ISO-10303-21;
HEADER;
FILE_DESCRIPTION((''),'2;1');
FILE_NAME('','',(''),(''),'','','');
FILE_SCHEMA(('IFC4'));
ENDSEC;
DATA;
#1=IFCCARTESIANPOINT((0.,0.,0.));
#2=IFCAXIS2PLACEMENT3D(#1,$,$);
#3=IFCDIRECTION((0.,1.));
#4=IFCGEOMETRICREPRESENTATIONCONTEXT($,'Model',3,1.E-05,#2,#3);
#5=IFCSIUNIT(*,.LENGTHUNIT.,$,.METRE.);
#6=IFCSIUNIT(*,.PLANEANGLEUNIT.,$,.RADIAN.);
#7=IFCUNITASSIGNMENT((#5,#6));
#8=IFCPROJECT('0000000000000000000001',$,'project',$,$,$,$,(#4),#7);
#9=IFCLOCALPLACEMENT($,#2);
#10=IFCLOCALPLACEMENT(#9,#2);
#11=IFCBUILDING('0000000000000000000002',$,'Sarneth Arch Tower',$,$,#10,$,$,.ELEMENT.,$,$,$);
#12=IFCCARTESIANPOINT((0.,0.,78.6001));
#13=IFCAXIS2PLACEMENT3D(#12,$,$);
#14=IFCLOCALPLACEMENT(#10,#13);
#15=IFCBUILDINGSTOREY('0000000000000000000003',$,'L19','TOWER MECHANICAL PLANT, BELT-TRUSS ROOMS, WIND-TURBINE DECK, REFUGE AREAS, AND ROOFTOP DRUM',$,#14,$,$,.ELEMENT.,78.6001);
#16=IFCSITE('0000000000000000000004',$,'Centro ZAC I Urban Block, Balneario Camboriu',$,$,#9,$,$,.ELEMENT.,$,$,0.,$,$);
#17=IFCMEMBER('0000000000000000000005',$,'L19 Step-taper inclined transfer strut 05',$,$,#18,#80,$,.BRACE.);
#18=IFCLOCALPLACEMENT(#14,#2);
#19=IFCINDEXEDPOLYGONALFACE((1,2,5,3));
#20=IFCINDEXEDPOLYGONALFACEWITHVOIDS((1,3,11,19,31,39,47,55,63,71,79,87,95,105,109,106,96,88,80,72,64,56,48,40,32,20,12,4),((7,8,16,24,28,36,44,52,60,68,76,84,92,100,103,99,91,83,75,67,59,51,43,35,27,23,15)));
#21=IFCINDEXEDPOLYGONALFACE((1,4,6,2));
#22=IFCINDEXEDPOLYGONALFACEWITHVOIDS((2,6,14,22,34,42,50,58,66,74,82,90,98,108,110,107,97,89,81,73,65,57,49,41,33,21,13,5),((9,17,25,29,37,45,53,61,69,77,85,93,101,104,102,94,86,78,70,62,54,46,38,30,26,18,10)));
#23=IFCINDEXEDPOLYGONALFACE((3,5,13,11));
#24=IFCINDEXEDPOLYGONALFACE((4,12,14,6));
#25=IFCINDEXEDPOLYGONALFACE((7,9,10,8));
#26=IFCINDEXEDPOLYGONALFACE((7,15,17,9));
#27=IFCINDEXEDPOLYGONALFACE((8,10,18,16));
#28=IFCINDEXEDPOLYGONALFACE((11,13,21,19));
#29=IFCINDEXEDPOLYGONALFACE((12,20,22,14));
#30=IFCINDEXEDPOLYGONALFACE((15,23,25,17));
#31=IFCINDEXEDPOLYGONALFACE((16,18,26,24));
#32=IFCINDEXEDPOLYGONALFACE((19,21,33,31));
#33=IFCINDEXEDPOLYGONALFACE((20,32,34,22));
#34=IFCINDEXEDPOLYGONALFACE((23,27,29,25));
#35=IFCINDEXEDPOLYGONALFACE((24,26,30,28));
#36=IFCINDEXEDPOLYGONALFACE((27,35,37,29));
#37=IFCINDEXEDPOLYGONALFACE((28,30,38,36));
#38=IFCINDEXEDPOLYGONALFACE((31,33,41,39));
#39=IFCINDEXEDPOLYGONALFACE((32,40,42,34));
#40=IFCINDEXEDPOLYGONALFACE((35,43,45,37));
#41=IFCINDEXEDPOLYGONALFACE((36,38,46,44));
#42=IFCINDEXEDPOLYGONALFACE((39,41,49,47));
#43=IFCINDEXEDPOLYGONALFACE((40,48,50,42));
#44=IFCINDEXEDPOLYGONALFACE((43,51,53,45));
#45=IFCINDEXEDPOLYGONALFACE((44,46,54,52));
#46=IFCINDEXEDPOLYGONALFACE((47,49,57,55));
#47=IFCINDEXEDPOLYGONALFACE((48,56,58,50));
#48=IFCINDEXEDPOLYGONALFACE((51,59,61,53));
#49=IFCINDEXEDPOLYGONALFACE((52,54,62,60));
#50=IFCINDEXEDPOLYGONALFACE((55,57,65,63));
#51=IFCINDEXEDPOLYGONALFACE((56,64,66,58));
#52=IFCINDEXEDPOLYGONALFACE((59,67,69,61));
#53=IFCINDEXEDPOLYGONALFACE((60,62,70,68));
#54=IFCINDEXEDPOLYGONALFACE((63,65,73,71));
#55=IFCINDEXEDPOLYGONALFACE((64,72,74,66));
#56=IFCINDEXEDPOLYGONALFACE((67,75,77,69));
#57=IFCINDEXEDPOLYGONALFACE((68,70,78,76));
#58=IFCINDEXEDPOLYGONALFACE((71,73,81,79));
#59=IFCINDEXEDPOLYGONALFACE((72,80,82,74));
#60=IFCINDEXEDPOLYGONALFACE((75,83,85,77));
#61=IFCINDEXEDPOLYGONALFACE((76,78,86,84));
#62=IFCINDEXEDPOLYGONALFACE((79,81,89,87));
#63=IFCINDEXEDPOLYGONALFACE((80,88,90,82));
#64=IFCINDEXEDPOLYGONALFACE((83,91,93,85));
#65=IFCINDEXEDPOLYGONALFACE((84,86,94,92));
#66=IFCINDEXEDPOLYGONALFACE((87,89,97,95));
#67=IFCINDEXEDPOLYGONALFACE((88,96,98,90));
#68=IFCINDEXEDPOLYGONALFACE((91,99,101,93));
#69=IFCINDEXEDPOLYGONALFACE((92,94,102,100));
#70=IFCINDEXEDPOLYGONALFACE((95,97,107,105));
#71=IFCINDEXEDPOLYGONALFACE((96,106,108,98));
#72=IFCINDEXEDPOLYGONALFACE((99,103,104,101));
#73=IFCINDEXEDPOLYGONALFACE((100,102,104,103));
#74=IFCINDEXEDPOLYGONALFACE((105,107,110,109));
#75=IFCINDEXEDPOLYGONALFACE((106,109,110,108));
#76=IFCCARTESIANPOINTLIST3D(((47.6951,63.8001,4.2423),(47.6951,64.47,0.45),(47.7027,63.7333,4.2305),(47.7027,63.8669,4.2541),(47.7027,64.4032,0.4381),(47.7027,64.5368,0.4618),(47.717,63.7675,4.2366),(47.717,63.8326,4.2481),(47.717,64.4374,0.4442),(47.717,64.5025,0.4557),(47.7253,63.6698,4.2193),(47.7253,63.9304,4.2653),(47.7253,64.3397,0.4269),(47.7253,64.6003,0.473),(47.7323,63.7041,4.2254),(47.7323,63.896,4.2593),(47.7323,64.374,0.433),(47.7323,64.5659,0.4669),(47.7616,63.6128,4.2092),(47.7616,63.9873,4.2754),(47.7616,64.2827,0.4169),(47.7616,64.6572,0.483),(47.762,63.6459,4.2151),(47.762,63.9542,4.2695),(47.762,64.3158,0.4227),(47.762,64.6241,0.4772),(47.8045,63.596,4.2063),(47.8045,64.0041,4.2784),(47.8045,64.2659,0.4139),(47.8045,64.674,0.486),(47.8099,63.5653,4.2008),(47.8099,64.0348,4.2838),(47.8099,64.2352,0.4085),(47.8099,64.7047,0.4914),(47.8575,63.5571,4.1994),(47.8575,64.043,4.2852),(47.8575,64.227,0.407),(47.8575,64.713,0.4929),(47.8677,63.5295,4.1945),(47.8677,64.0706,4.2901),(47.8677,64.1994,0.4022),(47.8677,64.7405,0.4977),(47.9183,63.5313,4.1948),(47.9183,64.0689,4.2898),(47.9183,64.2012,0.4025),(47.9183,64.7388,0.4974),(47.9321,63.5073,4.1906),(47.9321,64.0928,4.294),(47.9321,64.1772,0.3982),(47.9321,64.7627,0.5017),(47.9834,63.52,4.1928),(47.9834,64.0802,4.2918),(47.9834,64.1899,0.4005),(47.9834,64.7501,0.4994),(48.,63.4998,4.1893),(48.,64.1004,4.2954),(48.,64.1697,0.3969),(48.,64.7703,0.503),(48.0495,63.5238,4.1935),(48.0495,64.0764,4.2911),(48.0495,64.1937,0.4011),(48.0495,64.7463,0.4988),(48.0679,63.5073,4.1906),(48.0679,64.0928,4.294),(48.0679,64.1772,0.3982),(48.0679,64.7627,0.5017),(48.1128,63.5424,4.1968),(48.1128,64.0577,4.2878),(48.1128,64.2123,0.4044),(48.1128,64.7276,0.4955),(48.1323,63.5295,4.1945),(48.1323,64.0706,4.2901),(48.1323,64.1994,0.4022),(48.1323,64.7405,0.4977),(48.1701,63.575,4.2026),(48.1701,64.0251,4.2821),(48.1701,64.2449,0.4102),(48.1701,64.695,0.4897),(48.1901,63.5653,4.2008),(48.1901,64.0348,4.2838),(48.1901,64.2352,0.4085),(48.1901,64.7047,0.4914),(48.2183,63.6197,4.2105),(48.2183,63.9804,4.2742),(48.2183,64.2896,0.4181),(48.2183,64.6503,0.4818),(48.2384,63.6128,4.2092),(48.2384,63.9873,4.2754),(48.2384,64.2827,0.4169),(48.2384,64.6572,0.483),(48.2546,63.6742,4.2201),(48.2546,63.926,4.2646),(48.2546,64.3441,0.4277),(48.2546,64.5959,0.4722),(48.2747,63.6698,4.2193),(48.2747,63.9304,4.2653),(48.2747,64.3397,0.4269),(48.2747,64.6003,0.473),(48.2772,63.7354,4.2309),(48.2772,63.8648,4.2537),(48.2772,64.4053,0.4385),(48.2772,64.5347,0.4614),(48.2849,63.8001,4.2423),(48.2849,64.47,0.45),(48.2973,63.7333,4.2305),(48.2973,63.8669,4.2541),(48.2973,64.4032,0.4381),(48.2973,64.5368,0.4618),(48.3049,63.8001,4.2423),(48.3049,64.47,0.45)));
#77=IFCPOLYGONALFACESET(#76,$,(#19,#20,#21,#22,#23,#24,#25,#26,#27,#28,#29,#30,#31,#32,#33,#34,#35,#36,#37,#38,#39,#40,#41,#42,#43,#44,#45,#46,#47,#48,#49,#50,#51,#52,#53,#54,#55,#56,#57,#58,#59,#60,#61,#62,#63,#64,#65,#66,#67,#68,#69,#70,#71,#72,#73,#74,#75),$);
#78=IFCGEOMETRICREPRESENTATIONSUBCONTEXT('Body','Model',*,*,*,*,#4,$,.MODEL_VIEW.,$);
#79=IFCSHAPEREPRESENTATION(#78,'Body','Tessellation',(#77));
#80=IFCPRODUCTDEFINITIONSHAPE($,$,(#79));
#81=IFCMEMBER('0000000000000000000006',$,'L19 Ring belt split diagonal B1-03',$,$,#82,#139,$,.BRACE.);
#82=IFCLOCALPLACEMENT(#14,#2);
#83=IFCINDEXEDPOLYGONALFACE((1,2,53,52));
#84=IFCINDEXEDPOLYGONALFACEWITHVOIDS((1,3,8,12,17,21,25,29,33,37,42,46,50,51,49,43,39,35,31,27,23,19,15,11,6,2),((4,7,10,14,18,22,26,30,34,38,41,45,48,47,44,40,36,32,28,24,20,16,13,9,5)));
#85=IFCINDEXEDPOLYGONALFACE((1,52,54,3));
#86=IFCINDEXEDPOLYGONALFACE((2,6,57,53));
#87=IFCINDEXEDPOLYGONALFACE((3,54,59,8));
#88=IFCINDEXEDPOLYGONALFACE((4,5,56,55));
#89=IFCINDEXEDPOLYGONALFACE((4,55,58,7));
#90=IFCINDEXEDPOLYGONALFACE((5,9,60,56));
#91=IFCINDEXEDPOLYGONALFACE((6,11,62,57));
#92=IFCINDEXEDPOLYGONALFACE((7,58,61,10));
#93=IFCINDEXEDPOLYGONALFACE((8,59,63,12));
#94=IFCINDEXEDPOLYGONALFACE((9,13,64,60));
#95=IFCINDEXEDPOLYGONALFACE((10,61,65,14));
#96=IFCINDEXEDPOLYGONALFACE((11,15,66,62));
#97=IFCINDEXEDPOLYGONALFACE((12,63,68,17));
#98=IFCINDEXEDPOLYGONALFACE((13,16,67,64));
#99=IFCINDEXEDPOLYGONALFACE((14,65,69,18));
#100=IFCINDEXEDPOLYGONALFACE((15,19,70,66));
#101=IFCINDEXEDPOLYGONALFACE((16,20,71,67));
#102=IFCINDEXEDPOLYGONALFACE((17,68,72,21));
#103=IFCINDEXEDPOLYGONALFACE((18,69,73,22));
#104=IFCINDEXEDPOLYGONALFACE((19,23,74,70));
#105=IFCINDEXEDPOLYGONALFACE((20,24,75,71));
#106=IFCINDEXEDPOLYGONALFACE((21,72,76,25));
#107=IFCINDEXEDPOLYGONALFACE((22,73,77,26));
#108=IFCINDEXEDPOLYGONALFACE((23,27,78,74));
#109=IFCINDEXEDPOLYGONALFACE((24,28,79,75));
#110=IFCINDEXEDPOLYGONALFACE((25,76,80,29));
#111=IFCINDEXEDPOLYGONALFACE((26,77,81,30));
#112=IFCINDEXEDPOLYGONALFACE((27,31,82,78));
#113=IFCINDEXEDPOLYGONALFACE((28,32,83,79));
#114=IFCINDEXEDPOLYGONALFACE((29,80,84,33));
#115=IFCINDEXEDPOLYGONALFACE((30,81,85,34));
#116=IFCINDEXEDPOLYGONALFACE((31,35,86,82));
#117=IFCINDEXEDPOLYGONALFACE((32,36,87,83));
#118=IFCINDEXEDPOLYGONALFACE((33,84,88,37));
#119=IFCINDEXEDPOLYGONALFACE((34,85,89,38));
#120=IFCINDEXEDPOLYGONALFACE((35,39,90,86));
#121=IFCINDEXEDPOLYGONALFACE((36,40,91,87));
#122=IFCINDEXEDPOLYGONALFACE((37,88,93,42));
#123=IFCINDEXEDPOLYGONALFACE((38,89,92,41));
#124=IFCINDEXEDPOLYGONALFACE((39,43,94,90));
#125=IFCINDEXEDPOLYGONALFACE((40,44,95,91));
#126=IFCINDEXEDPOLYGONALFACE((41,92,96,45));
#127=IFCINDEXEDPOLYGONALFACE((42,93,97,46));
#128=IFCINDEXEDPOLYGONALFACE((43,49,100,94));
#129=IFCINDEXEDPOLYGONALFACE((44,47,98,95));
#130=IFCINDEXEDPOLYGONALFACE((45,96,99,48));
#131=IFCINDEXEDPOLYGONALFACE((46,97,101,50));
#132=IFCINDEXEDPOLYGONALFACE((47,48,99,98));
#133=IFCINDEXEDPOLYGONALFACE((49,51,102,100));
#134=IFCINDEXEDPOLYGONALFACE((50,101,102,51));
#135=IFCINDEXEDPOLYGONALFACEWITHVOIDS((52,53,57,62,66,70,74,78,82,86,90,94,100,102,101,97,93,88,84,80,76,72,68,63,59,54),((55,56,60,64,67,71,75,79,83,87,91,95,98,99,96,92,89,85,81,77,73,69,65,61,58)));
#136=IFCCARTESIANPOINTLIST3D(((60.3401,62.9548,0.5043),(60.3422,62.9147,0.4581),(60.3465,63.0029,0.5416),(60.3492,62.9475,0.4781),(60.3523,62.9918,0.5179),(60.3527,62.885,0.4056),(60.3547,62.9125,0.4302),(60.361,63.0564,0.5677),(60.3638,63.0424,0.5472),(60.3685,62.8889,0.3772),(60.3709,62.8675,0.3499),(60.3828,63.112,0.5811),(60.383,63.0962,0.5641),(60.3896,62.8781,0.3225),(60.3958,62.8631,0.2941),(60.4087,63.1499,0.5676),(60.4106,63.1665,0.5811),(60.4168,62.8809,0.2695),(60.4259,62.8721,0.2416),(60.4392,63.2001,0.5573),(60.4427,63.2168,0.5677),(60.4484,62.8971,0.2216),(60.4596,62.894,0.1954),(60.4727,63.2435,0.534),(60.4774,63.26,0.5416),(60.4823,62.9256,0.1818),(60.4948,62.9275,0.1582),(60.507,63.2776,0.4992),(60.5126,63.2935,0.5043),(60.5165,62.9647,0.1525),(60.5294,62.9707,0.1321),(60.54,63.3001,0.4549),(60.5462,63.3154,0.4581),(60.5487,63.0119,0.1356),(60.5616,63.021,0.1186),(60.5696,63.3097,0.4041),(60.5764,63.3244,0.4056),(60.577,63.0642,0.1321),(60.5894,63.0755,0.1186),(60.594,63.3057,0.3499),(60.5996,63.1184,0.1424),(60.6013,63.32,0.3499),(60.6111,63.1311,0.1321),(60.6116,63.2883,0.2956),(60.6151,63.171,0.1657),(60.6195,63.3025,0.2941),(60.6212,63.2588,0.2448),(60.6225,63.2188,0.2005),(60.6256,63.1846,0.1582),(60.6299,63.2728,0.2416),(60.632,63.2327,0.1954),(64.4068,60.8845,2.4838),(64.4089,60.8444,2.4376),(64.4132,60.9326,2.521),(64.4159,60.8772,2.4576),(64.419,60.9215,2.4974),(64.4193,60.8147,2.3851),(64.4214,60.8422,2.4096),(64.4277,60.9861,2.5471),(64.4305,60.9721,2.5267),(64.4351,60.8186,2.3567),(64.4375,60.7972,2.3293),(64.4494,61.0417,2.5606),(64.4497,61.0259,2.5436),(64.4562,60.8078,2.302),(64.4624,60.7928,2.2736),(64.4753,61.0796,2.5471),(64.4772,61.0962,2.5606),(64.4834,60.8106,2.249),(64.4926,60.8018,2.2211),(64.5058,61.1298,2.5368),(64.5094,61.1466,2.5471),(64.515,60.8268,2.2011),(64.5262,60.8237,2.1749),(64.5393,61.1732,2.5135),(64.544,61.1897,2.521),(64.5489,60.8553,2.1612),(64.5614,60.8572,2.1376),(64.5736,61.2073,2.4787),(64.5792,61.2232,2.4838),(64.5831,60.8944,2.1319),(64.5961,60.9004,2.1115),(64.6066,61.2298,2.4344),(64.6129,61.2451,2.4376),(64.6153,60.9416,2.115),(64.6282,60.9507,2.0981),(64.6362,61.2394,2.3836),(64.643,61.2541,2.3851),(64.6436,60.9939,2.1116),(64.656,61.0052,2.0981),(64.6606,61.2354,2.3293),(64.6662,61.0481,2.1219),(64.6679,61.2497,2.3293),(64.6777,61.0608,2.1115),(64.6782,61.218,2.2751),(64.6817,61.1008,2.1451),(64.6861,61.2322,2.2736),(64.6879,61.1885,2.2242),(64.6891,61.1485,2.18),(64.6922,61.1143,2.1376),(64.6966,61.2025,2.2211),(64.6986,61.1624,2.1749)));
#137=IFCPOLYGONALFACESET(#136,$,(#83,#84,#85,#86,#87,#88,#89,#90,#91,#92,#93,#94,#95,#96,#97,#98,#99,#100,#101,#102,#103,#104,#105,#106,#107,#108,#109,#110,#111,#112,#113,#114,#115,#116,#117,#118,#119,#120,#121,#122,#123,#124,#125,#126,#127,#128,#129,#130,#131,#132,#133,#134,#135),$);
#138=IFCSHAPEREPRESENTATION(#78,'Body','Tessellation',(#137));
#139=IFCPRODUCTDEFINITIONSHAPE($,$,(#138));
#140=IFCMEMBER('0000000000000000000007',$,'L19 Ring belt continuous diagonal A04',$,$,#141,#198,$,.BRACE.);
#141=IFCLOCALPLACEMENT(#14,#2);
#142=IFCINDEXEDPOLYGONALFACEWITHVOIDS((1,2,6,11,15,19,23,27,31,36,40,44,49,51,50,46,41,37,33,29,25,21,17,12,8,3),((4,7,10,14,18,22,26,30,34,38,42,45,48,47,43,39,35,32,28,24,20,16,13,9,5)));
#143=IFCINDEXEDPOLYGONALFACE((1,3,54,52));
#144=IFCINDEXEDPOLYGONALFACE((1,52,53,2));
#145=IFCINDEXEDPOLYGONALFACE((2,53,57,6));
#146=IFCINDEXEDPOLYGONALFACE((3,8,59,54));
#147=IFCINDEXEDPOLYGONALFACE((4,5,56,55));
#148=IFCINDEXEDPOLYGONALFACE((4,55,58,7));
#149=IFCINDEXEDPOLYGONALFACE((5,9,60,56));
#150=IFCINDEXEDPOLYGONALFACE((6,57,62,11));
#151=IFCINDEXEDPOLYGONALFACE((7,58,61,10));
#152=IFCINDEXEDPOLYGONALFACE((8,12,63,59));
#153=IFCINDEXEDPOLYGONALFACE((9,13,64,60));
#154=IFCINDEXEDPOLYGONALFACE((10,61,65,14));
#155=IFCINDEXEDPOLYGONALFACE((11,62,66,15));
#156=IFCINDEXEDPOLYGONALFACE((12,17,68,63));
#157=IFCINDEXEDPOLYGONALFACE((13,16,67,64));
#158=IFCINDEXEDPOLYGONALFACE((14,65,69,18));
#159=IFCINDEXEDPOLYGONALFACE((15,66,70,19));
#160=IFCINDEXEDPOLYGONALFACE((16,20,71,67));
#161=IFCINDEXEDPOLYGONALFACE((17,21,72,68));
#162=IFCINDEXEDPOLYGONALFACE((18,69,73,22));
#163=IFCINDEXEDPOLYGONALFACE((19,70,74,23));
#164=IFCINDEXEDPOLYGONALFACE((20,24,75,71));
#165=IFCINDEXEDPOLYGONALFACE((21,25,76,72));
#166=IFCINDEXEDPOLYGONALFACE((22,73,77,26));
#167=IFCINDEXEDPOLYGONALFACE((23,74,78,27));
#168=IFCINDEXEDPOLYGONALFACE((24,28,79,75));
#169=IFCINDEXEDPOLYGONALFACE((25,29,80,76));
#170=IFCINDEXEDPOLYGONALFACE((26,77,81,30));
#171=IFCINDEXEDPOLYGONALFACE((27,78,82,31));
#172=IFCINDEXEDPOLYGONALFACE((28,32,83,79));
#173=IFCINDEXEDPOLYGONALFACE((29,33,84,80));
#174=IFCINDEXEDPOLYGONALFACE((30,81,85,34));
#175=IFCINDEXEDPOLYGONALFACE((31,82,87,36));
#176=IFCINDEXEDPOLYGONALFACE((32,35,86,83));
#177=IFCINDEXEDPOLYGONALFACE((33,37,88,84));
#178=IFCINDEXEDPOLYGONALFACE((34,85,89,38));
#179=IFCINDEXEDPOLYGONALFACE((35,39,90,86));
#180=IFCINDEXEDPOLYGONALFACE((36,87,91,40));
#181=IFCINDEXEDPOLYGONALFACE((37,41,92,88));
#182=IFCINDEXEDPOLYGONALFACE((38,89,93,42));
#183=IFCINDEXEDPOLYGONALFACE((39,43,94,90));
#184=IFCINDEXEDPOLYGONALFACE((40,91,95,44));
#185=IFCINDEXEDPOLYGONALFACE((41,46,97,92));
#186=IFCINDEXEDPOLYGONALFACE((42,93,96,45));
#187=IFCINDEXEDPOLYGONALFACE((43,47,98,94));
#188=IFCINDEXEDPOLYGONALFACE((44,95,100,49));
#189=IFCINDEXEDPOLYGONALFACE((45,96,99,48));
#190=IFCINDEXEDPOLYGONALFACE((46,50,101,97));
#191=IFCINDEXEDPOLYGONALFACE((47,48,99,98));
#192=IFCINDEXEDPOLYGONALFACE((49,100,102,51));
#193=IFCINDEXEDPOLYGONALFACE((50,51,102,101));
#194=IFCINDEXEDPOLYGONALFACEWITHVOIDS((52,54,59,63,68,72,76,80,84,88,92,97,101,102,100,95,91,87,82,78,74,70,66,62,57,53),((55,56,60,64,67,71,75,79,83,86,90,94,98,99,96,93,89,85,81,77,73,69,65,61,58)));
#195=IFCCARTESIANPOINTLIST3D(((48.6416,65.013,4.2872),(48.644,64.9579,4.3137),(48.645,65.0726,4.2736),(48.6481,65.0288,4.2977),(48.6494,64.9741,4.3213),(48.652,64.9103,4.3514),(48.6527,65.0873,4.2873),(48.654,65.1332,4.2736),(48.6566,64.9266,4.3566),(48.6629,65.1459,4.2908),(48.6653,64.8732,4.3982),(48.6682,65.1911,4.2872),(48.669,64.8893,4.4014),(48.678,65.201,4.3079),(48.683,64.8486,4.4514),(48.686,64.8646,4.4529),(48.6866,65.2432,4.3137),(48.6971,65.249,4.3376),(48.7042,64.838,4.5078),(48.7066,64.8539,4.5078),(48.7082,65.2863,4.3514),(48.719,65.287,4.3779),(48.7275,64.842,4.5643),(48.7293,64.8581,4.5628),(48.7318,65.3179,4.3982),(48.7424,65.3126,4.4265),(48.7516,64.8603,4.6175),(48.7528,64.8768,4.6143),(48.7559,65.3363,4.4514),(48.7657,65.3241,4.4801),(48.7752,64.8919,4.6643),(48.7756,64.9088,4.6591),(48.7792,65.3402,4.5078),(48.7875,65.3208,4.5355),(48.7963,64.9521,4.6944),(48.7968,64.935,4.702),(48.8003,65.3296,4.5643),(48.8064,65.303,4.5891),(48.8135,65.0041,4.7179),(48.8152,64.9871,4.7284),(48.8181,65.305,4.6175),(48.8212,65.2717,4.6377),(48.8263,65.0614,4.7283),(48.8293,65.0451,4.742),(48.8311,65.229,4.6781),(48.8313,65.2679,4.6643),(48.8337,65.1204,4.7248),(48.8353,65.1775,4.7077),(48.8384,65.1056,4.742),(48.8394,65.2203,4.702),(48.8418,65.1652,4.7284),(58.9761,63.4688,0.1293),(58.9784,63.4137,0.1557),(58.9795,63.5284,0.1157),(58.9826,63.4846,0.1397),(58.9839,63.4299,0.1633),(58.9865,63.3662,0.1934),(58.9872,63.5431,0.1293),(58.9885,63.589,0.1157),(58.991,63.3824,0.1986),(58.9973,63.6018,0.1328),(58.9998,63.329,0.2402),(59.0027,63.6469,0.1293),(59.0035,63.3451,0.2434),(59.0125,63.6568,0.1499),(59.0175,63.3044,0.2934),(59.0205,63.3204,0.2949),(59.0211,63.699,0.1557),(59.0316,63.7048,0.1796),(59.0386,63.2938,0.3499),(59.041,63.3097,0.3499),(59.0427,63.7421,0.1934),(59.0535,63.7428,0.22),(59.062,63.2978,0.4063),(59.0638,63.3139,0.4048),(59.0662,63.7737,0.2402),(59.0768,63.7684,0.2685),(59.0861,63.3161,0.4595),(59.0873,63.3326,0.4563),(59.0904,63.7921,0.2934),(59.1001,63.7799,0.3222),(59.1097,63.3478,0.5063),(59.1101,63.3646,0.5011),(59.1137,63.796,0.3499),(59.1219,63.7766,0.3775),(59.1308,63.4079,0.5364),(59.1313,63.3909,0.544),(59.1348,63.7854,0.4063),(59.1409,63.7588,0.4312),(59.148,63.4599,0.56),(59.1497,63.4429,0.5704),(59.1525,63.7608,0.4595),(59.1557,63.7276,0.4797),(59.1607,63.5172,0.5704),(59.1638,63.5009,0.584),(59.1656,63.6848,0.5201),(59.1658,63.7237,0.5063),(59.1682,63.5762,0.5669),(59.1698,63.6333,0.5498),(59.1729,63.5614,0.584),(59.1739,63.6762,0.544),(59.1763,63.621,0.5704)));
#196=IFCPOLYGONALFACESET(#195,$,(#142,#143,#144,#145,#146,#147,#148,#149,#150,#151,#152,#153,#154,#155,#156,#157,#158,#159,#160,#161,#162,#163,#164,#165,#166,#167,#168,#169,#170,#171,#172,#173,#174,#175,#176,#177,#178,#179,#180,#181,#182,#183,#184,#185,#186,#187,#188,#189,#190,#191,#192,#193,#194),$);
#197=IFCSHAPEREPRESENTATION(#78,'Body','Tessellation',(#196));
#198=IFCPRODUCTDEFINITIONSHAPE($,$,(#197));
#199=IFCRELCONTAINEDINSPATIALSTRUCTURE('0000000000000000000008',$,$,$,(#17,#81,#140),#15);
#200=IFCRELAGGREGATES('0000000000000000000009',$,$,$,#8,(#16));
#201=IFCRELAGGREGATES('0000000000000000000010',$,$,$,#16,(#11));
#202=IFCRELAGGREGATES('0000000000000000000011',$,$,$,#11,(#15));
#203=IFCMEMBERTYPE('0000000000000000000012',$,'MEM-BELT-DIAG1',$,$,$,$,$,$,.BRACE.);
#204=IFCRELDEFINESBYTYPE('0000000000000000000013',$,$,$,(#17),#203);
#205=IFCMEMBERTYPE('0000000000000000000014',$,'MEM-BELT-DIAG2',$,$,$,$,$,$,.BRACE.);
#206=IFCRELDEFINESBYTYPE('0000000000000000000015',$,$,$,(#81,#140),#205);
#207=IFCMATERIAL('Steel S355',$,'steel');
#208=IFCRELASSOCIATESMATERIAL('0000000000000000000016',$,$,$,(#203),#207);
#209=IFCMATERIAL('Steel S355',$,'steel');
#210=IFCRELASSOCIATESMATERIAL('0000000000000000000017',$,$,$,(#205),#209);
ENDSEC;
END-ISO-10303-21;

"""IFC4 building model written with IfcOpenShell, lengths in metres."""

from ifc_helpers import new_model, si_unit, direction, frame, origin, origin_2d, place, context, subcontext, project, spatial, hollow_circle, extrude, material, material_profile, profile_set, type_object, element, save


model = new_model("IFC4")

# Units and contexts
model_context = context("Model", 3, precision=1e-05, world=origin(), true_north=direction((0.0, 1.0)))
body_context = subcontext(model_context, "Body", "Model", "MODEL_VIEW")
ifc_project = project(units=[si_unit("LENGTHUNIT", "METRE"), si_unit("PLANEANGLEUNIT", "RADIAN")], contexts=[model_context])

# Site, building, storey
site_placement = place(None, origin())
site = spatial("IfcSite", under=ifc_project, at=site_placement, Name="Centro ZAC I Urban Block, Balneario Camboriu", CompositionType="ELEMENT", RefElevation=0.0)
building_placement = place(site_placement, origin())
building = spatial("IfcBuilding", under=site, at=building_placement, Name="Sarneth Arch Tower", CompositionType="ELEMENT")
storey_placement = place(building_placement, frame((0.0, 0.0, 78.6001)))
storey = spatial("IfcBuildingStorey", under=building, at=storey_placement, Name="L19", Description="TOWER MECHANICAL PLANT, BELT-TRUSS ROOMS, WIND-TURBINE DECK, REFUGE AREAS, AND ROOFTOP DRUM", CompositionType="ELEMENT", Elevation=78.6001)

# Members
ifc_material_1 = material(Name="Steel S355", Category="steel")
ifc_material_profile_1 = material_profile(ifc_material_1, hollow_circle(Radius=0.3049, WallThickness=0.02, at=origin_2d()), Name="CHS610x20")
ifc_profile_set_1 = profile_set([ifc_material_profile_1], Name="Steel S355")
member_type_1 = type_object("IfcMemberType", Name="MEM-BELT-DIAG1", PredefinedType="BRACE", material=ifc_profile_set_1)
member_1_placement = place(storey_placement, frame((48.0, 64.47, 0.45), z_axis=(0.0, -0.173952, 0.984754), x_axis=(1.0, 0.0, 0.0)))
element("IfcMember", 1, at=member_1_placement, inside=storey, type_object=member_type_1, Name="L19 Step-taper inclined transfer strut 05", PredefinedType="BRACE", context=body_context, shape_type="SweptSolid", body=[
    extrude(hollow_circle(Radius=0.3049, WallThickness=0.02, at=origin_2d()), origin(), (0.0, 0.0, 1.0), 3.8511),
])
ifc_material_2 = material(Name="Steel S355", Category="steel")
ifc_material_profile_2 = material_profile(ifc_material_2, hollow_circle(Radius=0.2539, WallThickness=0.0161, at=origin_2d()), Name="CHS508x16")
ifc_profile_set_2 = profile_set([ifc_material_profile_2], Name="Steel S355")
member_type_2 = type_object("IfcMemberType", Name="MEM-BELT-DIAG2", PredefinedType="BRACE", material=ifc_profile_set_2)
member_2_placement = place(storey_placement, frame((60.4861, 63.0938, 0.3499), z_axis=(0.817556, -0.416214, 0.397955), x_axis=(0.453686, 0.891162, 0.0)))
element("IfcMember", 2, at=member_2_placement, inside=storey, type_object=member_type_2, Name="L19 Ring belt split diagonal B1-03", PredefinedType="BRACE", context=body_context, shape_type="SweptSolid", body=[
    extrude(hollow_circle(Radius=0.2539, WallThickness=0.0161, at=origin_2d()), origin(), (0.0, 0.0, 1.0), 4.9741),
])
member_3_placement = place(storey_placement, frame((59.0762, 63.5449, 0.3499), z_axis=(-0.918939, 0.137309, 0.369725), x_axis=(-0.147781, -0.98902, 0.0)))
element("IfcMember", 3, at=member_3_placement, inside=storey, type_object=member_type_2, Name="L19 Ring belt continuous diagonal A04", PredefinedType="BRACE", context=body_context, shape_type="SweptSolid", body=[
    extrude(hollow_circle(Radius=0.2539, WallThickness=0.0161, at=origin_2d()), origin(), (0.0, 0.0, 1.0), 11.2461),
])

save(model, "model.ifc")
